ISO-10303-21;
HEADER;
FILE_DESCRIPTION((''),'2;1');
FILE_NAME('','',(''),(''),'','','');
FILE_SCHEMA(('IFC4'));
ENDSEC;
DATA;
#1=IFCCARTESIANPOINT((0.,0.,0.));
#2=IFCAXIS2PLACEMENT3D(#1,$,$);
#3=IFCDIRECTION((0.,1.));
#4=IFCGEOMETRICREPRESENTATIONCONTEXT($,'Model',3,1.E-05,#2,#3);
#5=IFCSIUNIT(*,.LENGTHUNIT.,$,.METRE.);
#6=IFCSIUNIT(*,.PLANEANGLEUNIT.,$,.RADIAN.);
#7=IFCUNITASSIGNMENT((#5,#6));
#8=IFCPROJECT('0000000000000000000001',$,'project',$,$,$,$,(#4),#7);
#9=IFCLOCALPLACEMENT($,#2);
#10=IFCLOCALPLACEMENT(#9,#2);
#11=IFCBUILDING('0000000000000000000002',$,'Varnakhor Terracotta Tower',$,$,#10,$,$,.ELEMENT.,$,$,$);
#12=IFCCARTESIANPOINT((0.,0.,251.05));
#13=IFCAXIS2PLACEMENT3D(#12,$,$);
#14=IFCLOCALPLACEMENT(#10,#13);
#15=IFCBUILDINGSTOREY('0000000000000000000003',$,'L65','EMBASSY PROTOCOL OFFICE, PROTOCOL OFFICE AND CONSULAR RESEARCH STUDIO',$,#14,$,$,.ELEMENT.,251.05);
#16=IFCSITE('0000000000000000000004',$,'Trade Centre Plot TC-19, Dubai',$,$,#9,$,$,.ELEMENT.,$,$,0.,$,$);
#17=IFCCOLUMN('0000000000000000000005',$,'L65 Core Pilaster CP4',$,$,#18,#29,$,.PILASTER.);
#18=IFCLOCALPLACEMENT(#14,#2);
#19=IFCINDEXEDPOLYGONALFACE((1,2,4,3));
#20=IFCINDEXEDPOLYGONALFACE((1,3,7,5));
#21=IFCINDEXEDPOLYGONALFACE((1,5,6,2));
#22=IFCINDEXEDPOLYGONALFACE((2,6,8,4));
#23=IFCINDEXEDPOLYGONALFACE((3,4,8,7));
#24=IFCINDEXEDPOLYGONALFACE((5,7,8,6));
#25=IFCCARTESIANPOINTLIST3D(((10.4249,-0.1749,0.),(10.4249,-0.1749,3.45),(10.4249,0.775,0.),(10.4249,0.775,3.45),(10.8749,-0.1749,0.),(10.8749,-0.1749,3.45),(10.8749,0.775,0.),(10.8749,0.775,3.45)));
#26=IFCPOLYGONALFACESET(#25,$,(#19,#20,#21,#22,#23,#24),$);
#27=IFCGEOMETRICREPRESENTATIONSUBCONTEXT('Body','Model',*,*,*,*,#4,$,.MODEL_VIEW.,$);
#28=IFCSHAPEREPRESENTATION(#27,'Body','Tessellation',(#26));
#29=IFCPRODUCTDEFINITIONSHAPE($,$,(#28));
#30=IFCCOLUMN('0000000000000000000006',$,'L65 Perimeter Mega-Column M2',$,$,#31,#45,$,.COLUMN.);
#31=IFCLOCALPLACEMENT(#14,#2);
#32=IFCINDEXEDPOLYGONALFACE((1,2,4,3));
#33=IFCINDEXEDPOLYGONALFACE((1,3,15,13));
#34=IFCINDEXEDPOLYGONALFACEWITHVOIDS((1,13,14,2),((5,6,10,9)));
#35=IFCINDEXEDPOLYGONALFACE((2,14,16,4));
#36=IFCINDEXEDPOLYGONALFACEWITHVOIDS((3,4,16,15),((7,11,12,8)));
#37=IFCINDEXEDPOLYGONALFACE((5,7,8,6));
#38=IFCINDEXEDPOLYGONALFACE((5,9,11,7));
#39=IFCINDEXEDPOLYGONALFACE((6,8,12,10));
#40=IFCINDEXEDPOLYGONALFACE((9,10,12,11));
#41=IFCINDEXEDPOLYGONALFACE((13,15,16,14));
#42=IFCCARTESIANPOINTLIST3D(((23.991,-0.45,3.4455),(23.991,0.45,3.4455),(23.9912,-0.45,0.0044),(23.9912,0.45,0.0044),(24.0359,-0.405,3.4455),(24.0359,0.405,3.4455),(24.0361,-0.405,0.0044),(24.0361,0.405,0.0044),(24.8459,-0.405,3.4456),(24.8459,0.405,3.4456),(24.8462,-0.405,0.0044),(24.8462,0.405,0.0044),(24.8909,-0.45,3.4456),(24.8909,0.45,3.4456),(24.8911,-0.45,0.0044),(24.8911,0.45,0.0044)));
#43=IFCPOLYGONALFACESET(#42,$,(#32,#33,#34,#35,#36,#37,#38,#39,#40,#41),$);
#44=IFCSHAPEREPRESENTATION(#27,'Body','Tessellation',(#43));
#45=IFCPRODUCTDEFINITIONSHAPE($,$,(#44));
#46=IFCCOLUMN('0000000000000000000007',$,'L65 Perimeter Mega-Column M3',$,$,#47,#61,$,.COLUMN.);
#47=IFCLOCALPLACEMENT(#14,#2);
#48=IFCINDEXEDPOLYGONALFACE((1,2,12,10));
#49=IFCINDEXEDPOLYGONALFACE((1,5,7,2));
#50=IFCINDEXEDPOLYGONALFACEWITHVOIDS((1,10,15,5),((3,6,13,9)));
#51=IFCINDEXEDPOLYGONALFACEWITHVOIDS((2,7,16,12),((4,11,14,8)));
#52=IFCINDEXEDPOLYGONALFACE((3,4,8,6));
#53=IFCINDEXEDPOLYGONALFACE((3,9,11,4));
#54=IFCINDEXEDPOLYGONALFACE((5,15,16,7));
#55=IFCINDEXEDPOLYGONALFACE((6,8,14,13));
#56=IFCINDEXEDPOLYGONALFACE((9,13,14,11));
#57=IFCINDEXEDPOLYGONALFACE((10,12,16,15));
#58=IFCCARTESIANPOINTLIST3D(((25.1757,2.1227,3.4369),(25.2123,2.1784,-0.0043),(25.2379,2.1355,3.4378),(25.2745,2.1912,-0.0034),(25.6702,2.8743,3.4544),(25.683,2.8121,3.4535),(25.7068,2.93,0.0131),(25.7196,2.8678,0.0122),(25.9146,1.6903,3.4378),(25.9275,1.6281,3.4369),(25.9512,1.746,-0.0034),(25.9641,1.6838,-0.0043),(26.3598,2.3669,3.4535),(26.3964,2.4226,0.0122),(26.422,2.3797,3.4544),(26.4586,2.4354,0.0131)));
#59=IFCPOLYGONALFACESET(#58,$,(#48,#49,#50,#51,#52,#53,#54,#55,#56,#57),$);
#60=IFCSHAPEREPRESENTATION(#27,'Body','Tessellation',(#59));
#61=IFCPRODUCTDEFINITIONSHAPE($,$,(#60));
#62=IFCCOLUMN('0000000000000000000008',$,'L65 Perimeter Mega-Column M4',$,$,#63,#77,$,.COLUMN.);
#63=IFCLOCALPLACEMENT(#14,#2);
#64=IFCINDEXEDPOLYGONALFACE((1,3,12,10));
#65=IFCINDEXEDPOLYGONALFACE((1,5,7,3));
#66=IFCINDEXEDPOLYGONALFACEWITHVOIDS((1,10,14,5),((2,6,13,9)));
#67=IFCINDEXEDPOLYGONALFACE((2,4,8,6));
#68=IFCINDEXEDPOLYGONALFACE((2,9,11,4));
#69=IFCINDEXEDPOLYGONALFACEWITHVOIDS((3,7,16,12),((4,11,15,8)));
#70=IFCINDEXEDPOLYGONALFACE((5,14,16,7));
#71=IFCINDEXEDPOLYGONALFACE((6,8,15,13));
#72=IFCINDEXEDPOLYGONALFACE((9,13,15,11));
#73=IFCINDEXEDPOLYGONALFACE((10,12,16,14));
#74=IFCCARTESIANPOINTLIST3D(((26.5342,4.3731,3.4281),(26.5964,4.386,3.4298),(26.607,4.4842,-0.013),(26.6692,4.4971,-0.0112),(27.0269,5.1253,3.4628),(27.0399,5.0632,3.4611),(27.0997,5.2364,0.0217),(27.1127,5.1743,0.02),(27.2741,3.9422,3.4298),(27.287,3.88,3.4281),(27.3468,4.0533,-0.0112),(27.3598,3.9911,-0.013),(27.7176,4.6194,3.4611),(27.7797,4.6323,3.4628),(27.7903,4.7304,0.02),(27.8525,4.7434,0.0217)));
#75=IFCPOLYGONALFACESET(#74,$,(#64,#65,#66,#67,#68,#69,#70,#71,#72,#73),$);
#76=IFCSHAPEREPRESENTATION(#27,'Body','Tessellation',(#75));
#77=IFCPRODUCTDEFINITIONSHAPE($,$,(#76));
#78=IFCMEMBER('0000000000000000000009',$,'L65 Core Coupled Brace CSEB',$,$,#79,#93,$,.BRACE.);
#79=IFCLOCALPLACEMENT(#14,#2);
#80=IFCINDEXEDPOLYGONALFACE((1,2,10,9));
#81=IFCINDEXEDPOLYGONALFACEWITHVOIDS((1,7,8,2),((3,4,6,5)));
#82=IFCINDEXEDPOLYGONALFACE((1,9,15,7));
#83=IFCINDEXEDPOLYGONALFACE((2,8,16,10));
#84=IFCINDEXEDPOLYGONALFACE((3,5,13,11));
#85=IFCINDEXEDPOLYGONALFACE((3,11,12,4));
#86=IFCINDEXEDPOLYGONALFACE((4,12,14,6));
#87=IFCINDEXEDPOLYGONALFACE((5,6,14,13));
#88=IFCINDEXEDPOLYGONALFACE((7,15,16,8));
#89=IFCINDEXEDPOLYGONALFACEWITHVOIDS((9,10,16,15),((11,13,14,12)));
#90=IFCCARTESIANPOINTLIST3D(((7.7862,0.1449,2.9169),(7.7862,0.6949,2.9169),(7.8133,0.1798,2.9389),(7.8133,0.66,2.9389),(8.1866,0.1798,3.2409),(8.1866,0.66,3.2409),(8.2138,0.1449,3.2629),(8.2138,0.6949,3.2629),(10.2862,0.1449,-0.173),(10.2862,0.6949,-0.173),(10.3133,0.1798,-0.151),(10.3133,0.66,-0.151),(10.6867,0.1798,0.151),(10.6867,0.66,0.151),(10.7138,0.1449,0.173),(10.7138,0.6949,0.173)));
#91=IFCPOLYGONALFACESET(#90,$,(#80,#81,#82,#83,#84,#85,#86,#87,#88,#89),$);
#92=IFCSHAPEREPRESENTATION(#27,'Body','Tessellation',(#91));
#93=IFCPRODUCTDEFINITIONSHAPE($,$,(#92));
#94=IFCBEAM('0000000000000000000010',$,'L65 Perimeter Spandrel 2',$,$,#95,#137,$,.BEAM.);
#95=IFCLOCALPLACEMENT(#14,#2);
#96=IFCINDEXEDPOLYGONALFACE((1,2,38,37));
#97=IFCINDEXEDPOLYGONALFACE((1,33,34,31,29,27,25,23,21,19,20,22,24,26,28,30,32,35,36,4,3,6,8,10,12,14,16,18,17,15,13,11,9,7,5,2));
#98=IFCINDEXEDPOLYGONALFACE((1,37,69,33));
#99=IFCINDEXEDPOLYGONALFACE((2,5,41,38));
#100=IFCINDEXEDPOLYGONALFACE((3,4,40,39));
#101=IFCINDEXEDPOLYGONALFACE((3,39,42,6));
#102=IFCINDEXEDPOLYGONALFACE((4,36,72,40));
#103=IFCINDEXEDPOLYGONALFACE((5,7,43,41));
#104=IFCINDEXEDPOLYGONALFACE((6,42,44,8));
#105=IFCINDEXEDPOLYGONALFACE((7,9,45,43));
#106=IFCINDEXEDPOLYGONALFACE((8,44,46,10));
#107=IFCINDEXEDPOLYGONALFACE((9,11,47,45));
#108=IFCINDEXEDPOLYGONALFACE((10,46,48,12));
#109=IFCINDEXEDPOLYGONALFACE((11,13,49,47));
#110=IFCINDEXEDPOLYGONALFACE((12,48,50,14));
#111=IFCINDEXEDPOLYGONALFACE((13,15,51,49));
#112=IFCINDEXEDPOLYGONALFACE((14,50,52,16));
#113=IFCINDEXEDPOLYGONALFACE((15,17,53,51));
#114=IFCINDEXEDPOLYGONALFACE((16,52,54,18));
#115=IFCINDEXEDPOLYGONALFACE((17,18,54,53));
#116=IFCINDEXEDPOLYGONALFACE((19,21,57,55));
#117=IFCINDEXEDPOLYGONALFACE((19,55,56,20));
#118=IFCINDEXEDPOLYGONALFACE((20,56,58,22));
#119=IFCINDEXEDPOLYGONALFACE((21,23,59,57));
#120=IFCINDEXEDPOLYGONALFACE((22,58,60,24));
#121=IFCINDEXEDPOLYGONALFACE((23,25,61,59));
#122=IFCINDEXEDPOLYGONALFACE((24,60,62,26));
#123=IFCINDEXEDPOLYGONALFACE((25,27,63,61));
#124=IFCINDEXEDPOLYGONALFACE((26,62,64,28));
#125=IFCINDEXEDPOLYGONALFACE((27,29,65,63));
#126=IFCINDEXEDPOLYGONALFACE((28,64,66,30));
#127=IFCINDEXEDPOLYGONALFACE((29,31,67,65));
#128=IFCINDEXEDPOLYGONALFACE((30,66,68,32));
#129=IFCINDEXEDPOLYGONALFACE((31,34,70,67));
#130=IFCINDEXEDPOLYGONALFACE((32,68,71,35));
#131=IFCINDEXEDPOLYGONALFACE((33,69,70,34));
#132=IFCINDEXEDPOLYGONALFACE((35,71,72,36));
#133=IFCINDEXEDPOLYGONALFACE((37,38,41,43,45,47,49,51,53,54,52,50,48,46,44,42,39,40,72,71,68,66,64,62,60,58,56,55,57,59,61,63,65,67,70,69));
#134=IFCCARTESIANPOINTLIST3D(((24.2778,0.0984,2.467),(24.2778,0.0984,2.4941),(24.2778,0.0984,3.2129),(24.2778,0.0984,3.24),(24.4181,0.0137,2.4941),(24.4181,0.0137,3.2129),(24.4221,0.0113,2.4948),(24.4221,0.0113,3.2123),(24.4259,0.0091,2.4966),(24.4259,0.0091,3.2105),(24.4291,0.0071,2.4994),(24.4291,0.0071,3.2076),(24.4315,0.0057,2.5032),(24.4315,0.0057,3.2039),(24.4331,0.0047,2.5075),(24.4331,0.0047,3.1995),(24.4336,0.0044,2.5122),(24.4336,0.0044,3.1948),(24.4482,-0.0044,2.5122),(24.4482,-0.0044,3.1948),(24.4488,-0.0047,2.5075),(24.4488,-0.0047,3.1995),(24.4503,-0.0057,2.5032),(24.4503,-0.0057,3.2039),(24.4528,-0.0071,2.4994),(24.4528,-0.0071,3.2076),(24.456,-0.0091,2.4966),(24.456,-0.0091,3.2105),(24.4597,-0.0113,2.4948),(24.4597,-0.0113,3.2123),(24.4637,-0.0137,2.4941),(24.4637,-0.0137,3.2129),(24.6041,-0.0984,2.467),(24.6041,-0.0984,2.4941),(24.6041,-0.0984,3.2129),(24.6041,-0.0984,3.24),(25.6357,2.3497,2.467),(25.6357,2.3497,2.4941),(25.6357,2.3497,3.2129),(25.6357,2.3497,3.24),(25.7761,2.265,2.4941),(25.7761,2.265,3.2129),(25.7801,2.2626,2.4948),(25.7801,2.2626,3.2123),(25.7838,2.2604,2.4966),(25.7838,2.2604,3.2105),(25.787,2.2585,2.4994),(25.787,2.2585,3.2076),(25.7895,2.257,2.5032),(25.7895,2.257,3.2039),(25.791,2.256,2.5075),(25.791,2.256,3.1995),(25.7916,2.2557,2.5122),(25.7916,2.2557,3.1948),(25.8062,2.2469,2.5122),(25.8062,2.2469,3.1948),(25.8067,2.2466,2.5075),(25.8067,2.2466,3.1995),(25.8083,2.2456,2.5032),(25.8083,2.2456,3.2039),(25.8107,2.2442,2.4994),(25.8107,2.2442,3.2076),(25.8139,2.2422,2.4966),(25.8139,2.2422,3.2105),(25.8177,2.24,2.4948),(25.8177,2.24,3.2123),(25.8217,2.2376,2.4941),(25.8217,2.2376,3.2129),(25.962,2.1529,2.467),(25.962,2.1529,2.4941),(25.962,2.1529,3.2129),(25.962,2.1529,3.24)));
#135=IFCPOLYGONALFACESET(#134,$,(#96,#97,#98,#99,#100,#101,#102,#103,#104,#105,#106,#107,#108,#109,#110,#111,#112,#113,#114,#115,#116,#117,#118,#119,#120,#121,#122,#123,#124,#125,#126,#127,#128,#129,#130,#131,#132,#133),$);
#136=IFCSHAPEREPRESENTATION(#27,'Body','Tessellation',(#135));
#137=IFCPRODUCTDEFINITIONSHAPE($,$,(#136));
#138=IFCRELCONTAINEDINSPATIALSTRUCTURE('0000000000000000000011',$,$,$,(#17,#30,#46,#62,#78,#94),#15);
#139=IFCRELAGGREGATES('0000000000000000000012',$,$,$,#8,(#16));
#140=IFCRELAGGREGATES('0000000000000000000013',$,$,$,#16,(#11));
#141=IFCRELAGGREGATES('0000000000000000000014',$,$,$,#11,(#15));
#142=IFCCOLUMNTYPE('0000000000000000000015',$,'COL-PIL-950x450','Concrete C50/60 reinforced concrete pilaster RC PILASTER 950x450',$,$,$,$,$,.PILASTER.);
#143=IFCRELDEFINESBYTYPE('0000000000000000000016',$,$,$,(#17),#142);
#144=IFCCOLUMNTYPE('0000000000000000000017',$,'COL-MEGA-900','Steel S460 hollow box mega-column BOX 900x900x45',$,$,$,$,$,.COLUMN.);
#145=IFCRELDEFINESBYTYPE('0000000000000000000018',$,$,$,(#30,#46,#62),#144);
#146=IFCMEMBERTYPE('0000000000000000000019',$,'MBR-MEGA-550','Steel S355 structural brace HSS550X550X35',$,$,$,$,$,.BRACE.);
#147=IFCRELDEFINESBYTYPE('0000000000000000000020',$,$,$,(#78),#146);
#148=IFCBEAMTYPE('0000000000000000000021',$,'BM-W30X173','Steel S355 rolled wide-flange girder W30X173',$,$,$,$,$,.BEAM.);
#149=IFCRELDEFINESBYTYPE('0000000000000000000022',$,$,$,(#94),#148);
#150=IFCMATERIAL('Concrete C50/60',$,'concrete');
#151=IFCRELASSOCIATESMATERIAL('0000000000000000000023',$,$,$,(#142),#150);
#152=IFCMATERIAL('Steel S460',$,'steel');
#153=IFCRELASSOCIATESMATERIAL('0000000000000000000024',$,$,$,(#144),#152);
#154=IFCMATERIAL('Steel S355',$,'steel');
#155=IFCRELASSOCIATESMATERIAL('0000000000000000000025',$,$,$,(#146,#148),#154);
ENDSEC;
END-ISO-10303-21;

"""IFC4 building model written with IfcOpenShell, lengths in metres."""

from ifc_helpers import new_model, si_unit, direction, frame, origin, origin_2d, place, context, subcontext, project, spatial, rectangle, hollow_rectangle, i_section, extrude, source, transform, mapped, material, material_profile, profile_set, type_object, element, save


model = new_model("IFC4")

# Units and contexts
model_context = context("Model", 3, precision=1e-05, world=origin(), true_north=direction((0.0, 1.0)))
body_context = subcontext(model_context, "Body", "Model", "MODEL_VIEW")
ifc_project = project(units=[si_unit("LENGTHUNIT", "METRE"), si_unit("PLANEANGLEUNIT", "RADIAN")], contexts=[model_context])

# Site, building, storey
site_placement = place(None, origin())
site = spatial("IfcSite", under=ifc_project, at=site_placement, Name="Trade Centre Plot TC-19, Dubai", CompositionType="ELEMENT", RefElevation=0.0)
building_placement = place(site_placement, origin())
building = spatial("IfcBuilding", under=site, at=building_placement, Name="Varnakhor Terracotta Tower", CompositionType="ELEMENT")
storey_placement = place(building_placement, frame((0.0, 0.0, 251.05)))
storey = spatial("IfcBuildingStorey", under=building, at=storey_placement, Name="L65", Description="EMBASSY PROTOCOL OFFICE, PROTOCOL OFFICE AND CONSULAR RESEARCH STUDIO", CompositionType="ELEMENT", Elevation=251.05)

# Columns
ifc_material_1 = material(Name="Concrete C50/60", Category="concrete")
ifc_material_profile_1 = material_profile(ifc_material_1, rectangle(XDim=0.45, YDim=0.95, at=origin_2d()), Name="RC PILASTER 950x450")
ifc_profile_set_1 = profile_set([ifc_material_profile_1], Name="Concrete C50/60")
column_type_1 = type_object("IfcColumnType", Name="COL-PIL-950x450", Description="Concrete C50/60 reinforced concrete pilaster RC PILASTER 950x450", PredefinedType="PILASTER", material=ifc_profile_set_1)
shared_shape_1 = source(origin(), body_context, "Body", "SweptSolid", [
    extrude(rectangle(XDim=0.45, YDim=0.95, at=origin_2d()), origin(), (0.0, 0.0, 1.0), 3.45),
])
column_1_placement = place(storey_placement, frame((10.6499, 0.3, 0.0), z_axis=(0.0, 0.0, 1.0), x_axis=(1.0, 0.0, 0.0)))
element("IfcColumn", 1, at=column_1_placement, inside=storey, type_object=column_type_1, Name="L65 Core Pilaster CP4", PredefinedType="PILASTER", context=body_context, shape_type="MappedRepresentation", body=[
    mapped(shared_shape_1, transform((0.0, 0.0, 0.0), scale=1.0)),
])
ifc_material_2 = material(Name="Steel S460", Category="steel")
ifc_material_profile_2 = material_profile(ifc_material_2, hollow_rectangle(XDim=0.8999, YDim=0.8999, WallThickness=0.0449, at=origin_2d()), Name="BOX 900x900x45")
ifc_profile_set_2 = profile_set([ifc_material_profile_2], Name="Steel S460")
column_type_2 = type_object("IfcColumnType", Name="COL-MEGA-900", Description="Steel S460 hollow box mega-column BOX 900x900x45", PredefinedType="COLUMN", material=ifc_profile_set_2)
shared_shape_2 = source(origin(), body_context, "Body", "SweptSolid", [
    extrude(hollow_rectangle(XDim=0.8999, YDim=0.8999, WallThickness=0.0449, at=origin_2d()), origin(), (0.0, 0.0, 1.0), 3.4412),
])
column_2_placement = place(storey_placement, frame((24.4412, 0.0, 0.0044), z_axis=(-0.000071, 0.0, 1.0), x_axis=(1.0, 0.0, 0.0)))
element("IfcColumn", 2, at=column_2_placement, inside=storey, type_object=column_type_2, Name="L65 Perimeter Mega-Column M2", PredefinedType="COLUMN", context=body_context, shape_type="MappedRepresentation", body=[
    mapped(shared_shape_2, transform((0.0, 0.0, 0.0), scale=1.0)),
])
shared_shape_3 = source(origin(), body_context, "Body", "SweptSolid", [
    extrude(hollow_rectangle(XDim=0.8999, YDim=0.8999, WallThickness=0.0449, at=origin_2d()), origin(), (0.0, 0.0, 1.0), 3.4419),
])
column_3_placement = place(storey_placement, frame((25.8354, 2.3069, 0.0044), z_axis=(-0.01064, -0.016173, 0.999813), x_axis=(0.835417, -0.549617, 0.0)))
element("IfcColumn", 3, at=column_3_placement, inside=storey, type_object=column_type_2, Name="L65 Perimeter Mega-Column M3", PredefinedType="COLUMN", context=body_context, shape_type="MappedRepresentation", body=[
    mapped(shared_shape_3, transform((0.0, 0.0, 0.0), scale=1.0)),
])
shared_shape_4 = source(origin(), body_context, "Body", "SweptSolid", [
    extrude(hollow_rectangle(XDim=0.8999, YDim=0.8999, WallThickness=0.0449, at=origin_2d()), origin(), (0.0, 0.0, 1.0), 3.4436),
])
column_4_placement = place(storey_placement, frame((27.2297, 4.6138, 0.0044), z_axis=(-0.021127, -0.032257, 0.999256), x_axis=(0.836548, -0.547893, 0.0)))
element("IfcColumn", 4, at=column_4_placement, inside=storey, type_object=column_type_2, Name="L65 Perimeter Mega-Column M4", PredefinedType="COLUMN", context=body_context, shape_type="MappedRepresentation", body=[
    mapped(shared_shape_4, transform((0.0, 0.0, 0.0), scale=1.0)),
])

# Member
ifc_material_3 = material(Name="Steel S355", Category="steel")
ifc_material_profile_3 = material_profile(ifc_material_3, hollow_rectangle(XDim=0.55, YDim=0.55, WallThickness=0.0349, at=origin_2d()), Name="HSS550X550X35")
ifc_profile_set_3 = profile_set([ifc_material_profile_3], Name="Steel S355")
member_type_1 = type_object("IfcMemberType", Name="MBR-MEGA-550", Description="Steel S355 structural brace HSS550X550X35", PredefinedType="BRACE", material=ifc_profile_set_3)
shared_shape_5 = source(origin(), body_context, "Body", "SweptSolid", [
    extrude(hollow_rectangle(XDim=0.55, YDim=0.55, WallThickness=0.0349, at=origin_2d()), origin(), (0.0, 0.0, 1.0), 3.9746),
])
member_1_placement = place(storey_placement, frame((10.5, 0.4199, 0.0), z_axis=(-0.629, 0.0, 0.777405), x_axis=(0.0, -1.0, 0.0)))
element("IfcMember", 5, at=member_1_placement, inside=storey, type_object=member_type_1, Name="L65 Core Coupled Brace CSEB", PredefinedType="BRACE", context=body_context, shape_type="MappedRepresentation", body=[
    mapped(shared_shape_5, transform((0.0, 0.0, 0.0), scale=1.0)),
])

# Beam
ifc_material_profile_4 = material_profile(ifc_material_3, i_section(OverallWidth=0.3811, OverallDepth=0.7729, WebThickness=0.0171, FlangeThickness=0.0271, FilletRadius=0.0181, at=origin_2d()), Name="W30X173")
ifc_profile_set_4 = profile_set([ifc_material_profile_4], Name="Steel S355")
beam_type_1 = type_object("IfcBeamType", Name="BM-W30X173", Description="Steel S355 rolled wide-flange girder W30X173", PredefinedType="BEAM", material=ifc_profile_set_4)
shared_shape_6 = source(origin(), body_context, "Body", "SweptSolid", [
    extrude(i_section(OverallWidth=0.3811, OverallDepth=0.7729, WebThickness=0.0171, FlangeThickness=0.0271, FilletRadius=0.0181, at=origin_2d()), origin(), (0.0, 0.0, 1.0), 2.6292),
])
beam_1_placement = place(storey_placement, frame((24.4409, 0.0, 2.8535), z_axis=(0.516502, 0.856286, 0.0), x_axis=(-0.856286, 0.516502, 0.0)))
element("IfcBeam", 6, at=beam_1_placement, inside=storey, type_object=beam_type_1, Name="L65 Perimeter Spandrel 2", PredefinedType="BEAM", context=body_context, shape_type="MappedRepresentation", body=[
    mapped(shared_shape_6, transform((0.0, 0.0, 0.0), scale=1.0)),
])

save(model, "model.ifc")
